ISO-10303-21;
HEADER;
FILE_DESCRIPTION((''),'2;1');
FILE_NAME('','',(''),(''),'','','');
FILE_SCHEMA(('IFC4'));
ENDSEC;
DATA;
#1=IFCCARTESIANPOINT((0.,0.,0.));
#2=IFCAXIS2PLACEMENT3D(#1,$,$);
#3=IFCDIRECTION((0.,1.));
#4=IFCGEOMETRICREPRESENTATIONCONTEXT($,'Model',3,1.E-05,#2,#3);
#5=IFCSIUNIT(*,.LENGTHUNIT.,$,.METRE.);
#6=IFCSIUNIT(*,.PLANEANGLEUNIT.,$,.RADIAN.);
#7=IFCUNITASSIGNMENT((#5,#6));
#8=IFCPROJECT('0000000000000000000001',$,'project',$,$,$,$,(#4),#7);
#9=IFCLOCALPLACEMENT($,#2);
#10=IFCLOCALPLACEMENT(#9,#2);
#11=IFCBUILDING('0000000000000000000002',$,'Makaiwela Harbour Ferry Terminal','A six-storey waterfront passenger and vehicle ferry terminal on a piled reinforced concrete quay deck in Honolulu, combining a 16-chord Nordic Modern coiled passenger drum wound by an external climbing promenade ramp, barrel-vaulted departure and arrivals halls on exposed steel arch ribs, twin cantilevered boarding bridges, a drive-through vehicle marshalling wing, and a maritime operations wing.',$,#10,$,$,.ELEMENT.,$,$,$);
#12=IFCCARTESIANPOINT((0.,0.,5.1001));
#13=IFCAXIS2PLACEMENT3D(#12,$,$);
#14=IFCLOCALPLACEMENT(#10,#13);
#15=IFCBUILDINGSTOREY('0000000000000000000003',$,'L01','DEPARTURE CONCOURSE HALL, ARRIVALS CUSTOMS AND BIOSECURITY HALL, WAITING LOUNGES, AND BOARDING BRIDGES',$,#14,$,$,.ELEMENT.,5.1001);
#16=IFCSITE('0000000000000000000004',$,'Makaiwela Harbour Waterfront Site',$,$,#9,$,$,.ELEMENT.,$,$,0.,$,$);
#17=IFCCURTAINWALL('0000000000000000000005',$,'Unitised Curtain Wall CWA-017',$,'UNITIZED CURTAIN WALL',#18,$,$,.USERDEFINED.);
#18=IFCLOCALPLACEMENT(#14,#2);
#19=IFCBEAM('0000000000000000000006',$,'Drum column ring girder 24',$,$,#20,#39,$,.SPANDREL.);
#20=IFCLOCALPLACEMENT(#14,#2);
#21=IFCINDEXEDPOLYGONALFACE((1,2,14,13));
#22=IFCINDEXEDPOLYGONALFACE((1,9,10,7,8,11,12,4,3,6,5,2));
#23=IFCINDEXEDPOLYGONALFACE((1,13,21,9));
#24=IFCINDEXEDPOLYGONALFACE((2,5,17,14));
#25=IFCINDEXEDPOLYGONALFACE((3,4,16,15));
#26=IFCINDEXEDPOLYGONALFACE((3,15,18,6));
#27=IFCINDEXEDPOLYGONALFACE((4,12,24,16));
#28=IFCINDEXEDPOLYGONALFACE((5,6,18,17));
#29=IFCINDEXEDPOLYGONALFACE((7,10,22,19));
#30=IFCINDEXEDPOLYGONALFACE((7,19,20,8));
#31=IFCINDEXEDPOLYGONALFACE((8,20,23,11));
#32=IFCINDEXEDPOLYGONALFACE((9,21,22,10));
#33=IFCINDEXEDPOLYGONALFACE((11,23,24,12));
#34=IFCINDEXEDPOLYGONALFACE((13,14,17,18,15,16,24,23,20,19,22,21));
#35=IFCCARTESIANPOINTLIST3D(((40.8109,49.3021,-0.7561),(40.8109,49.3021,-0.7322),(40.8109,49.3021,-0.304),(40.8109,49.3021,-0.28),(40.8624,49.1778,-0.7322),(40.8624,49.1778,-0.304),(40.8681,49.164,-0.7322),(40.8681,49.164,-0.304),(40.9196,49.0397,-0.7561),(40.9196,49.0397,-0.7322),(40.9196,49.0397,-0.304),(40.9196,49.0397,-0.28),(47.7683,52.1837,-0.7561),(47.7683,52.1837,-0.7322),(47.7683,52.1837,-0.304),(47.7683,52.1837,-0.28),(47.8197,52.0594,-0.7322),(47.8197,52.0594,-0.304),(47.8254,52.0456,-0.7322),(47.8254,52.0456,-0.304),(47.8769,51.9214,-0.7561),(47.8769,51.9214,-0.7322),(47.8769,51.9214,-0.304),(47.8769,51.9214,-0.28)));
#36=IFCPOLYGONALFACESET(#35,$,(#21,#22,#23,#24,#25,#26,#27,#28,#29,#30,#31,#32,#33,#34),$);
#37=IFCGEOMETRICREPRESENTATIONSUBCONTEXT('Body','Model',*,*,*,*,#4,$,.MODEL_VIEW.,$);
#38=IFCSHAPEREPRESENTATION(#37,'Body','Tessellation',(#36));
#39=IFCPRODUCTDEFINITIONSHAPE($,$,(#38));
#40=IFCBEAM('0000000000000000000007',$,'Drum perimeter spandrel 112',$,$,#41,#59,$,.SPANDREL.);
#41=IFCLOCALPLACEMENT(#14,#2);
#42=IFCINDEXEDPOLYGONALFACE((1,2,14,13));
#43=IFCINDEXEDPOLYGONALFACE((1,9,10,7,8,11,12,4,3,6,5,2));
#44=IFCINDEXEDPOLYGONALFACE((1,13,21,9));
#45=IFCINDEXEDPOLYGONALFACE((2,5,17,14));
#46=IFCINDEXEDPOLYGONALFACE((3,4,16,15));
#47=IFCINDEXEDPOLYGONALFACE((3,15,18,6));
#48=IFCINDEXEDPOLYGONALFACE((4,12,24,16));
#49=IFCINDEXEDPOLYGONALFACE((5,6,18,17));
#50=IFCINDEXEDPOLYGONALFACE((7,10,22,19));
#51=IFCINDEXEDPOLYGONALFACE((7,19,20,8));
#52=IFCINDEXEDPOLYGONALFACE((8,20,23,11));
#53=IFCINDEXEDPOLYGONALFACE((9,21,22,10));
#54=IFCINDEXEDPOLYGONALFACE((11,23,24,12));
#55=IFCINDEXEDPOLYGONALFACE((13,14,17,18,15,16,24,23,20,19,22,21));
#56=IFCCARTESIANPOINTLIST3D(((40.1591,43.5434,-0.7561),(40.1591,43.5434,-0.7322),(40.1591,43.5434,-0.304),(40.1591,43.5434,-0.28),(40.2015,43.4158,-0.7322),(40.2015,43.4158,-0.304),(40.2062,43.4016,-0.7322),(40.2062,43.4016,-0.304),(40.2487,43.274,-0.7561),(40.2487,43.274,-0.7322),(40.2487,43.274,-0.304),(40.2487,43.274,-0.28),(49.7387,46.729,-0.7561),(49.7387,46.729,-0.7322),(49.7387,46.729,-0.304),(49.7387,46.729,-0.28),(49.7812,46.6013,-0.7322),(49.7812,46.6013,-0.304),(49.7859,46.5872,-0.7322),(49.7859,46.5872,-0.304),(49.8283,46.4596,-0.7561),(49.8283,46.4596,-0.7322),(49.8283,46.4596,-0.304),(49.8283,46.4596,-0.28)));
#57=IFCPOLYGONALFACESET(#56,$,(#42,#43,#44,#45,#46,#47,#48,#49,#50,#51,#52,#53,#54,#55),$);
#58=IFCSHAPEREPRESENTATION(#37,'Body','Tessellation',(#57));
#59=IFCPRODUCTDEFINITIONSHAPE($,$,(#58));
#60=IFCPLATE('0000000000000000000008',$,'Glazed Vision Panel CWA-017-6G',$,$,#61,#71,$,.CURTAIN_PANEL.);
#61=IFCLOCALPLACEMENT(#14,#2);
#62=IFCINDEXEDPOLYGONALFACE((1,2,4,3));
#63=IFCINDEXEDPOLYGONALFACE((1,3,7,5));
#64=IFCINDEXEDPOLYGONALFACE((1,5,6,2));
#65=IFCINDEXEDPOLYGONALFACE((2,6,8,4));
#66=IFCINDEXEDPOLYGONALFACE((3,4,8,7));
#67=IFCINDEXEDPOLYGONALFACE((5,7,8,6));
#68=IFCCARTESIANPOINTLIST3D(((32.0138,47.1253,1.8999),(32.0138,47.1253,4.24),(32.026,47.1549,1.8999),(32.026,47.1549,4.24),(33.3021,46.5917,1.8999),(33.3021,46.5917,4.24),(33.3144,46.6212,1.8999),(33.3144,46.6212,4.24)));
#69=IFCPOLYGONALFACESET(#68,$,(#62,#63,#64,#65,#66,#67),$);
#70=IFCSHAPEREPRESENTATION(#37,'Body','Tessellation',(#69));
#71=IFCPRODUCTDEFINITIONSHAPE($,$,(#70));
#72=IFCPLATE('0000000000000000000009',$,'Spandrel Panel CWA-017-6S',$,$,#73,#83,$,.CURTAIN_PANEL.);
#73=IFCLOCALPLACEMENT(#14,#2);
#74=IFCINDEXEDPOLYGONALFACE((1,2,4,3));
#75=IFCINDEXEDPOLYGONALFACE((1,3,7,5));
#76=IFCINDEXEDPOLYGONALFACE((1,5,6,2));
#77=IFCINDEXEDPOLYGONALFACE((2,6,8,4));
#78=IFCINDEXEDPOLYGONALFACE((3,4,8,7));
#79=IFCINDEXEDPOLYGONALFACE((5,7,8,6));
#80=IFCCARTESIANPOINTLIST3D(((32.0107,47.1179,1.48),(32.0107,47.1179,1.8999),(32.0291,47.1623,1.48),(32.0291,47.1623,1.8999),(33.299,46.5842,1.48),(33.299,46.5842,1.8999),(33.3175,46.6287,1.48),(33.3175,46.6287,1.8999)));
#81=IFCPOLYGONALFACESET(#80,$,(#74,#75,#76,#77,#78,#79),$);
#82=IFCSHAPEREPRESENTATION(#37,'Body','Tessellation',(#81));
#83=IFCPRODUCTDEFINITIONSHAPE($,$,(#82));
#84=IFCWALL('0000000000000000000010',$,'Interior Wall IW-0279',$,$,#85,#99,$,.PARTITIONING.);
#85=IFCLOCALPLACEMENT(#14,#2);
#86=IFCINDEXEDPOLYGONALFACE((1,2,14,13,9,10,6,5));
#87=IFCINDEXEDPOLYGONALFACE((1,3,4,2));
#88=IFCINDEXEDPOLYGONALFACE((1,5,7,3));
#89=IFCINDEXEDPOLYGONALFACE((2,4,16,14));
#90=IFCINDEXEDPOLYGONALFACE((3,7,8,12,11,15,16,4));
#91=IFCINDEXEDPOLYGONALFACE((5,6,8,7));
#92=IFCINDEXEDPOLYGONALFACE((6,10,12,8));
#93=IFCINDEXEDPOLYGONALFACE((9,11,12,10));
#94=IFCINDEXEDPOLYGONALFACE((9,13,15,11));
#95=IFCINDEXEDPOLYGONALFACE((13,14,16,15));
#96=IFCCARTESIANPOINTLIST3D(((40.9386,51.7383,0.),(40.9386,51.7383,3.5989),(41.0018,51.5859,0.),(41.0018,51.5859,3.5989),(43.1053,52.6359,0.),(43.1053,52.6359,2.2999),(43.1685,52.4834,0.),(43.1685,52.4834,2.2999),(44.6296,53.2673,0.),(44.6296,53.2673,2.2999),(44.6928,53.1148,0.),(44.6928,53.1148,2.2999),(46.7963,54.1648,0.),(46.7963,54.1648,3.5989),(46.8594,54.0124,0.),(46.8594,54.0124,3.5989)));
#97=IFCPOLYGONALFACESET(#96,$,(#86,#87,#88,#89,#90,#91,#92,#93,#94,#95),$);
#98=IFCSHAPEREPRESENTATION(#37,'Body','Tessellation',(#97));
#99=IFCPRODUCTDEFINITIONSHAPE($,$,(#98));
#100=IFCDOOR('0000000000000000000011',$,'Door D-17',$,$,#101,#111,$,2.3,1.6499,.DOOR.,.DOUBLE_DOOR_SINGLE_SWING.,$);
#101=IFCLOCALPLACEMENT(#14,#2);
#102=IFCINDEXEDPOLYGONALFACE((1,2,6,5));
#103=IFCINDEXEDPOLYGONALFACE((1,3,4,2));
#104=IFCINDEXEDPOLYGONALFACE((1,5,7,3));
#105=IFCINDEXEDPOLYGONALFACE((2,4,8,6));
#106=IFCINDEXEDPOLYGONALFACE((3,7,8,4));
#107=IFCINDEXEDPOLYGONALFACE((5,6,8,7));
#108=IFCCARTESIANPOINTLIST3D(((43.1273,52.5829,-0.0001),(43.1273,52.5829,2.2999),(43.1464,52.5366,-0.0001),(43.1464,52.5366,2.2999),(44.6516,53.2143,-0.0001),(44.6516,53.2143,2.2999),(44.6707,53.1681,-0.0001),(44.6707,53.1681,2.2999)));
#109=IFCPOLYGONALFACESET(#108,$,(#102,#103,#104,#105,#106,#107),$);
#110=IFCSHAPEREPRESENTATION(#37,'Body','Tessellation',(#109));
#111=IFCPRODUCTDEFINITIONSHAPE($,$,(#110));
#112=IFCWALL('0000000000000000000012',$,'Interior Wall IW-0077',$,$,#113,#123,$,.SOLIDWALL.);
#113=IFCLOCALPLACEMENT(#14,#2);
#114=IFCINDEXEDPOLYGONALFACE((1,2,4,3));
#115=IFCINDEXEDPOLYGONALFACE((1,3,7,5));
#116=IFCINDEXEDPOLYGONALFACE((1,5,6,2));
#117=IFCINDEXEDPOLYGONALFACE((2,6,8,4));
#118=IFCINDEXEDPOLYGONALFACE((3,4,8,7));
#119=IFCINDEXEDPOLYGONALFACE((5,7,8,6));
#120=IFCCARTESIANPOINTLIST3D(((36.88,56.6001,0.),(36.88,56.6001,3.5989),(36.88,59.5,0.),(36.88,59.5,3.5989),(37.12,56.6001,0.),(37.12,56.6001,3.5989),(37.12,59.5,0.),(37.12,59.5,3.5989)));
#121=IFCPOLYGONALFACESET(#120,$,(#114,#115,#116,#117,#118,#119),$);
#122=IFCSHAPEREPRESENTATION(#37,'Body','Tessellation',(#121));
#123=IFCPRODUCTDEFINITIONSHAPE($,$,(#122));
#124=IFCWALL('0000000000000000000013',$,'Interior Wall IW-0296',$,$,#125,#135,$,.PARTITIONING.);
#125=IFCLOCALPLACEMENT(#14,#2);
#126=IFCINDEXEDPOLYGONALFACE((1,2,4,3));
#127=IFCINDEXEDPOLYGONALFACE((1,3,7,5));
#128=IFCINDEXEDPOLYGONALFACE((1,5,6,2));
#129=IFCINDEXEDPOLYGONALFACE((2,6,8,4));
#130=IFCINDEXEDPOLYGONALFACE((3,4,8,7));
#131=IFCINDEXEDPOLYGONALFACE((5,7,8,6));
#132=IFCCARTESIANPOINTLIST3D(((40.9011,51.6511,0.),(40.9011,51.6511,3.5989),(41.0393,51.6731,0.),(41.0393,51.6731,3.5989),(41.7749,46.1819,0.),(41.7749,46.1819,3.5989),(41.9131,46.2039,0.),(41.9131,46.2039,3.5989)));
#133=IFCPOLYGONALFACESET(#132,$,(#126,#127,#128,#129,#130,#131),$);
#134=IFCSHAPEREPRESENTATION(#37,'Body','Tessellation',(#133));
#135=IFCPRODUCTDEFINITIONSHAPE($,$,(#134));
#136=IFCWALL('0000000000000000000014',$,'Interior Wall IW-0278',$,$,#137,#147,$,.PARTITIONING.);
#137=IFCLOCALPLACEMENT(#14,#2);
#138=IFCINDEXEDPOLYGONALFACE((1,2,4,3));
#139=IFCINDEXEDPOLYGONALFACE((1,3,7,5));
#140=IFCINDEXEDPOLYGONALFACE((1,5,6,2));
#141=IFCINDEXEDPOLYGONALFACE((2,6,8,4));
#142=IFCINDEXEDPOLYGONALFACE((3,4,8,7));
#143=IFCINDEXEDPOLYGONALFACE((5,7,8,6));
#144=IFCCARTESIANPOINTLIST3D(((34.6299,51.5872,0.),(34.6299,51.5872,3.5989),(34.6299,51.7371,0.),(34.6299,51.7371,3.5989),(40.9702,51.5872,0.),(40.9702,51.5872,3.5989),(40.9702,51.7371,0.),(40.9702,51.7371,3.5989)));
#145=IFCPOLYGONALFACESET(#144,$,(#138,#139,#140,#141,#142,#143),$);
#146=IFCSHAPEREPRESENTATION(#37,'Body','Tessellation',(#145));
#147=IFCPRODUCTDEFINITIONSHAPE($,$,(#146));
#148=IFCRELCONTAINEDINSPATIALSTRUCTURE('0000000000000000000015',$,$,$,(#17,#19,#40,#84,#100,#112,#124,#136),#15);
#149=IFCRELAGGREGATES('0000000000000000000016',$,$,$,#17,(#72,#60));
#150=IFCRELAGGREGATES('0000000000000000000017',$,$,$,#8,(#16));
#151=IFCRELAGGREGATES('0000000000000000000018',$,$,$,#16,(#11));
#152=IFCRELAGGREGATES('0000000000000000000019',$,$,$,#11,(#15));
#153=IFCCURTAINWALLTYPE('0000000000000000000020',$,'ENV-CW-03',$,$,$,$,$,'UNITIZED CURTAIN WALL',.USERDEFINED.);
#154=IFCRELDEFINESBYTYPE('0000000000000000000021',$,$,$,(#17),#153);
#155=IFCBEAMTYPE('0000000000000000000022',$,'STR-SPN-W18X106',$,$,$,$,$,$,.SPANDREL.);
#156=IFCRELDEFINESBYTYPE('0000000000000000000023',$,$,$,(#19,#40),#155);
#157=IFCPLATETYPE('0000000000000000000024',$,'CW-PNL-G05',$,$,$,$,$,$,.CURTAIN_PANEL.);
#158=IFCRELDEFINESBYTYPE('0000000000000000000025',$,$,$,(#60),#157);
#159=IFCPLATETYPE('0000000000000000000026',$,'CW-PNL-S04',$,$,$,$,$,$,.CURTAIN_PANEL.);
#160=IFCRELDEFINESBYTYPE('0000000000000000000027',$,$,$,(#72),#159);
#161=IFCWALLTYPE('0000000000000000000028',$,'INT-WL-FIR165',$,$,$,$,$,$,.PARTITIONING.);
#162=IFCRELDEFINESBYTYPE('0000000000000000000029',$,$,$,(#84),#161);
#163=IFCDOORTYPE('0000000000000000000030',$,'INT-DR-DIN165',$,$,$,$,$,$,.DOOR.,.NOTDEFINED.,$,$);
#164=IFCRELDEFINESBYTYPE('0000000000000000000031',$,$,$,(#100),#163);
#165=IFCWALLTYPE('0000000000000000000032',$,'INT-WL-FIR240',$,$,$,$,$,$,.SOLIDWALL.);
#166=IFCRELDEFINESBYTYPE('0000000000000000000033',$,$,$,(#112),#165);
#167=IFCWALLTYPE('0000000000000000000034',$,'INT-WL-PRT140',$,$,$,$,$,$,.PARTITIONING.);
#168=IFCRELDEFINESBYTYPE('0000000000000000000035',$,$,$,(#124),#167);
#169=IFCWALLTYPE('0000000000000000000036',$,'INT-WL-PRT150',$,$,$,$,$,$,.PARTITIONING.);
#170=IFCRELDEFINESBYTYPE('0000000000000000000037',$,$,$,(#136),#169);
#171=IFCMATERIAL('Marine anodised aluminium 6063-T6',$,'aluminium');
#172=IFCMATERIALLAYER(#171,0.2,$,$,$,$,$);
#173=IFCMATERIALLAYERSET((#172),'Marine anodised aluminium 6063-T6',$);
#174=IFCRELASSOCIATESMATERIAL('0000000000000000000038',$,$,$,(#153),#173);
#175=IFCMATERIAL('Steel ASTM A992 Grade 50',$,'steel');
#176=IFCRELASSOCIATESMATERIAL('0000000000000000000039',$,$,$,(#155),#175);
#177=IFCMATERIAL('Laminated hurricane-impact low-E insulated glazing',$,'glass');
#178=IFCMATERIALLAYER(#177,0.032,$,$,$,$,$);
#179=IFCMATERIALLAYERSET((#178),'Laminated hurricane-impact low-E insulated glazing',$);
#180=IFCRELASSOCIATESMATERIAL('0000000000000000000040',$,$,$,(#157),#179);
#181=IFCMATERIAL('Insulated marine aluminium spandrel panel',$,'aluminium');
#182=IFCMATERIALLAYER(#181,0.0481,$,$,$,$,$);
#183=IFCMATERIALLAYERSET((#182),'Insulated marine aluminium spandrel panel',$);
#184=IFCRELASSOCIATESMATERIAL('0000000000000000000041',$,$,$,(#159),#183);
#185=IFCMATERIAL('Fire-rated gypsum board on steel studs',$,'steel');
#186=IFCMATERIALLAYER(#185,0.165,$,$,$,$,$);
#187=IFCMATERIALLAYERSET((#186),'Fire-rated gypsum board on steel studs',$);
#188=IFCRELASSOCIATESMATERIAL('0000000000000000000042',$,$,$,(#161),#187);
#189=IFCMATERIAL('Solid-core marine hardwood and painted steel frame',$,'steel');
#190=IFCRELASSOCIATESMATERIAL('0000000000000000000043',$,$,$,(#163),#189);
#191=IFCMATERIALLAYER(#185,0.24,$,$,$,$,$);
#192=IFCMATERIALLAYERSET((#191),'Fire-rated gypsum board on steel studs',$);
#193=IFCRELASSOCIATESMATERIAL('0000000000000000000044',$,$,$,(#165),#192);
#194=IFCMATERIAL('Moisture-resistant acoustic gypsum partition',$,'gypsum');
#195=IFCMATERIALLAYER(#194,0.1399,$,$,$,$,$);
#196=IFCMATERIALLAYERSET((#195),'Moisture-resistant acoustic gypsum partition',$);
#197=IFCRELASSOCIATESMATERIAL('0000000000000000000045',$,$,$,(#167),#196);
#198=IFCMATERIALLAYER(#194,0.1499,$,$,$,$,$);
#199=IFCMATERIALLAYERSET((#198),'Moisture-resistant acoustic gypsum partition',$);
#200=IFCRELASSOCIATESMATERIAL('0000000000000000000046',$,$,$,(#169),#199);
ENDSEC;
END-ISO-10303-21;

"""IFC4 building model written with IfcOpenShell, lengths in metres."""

from ifc_helpers import new_model, si_unit, direction, frame, frame_2d, origin, origin_2d, place, context, subcontext, project, spatial, rectangle, i_section, extrude, material, layer, layer_set, material_profile, profile_set, type_object, element, fill, aggregate, save


model = new_model("IFC4")

# Units and contexts
model_context = context("Model", 3, precision=1e-05, world=origin(), true_north=direction((0.0, 1.0)))
body_context = subcontext(model_context, "Body", "Model", "MODEL_VIEW")
ifc_project = project(units=[si_unit("LENGTHUNIT", "METRE"), si_unit("PLANEANGLEUNIT", "RADIAN")], contexts=[model_context])

# Site, building, storey
site_placement = place(None, origin())
site = spatial("IfcSite", under=ifc_project, at=site_placement, Name="Makaiwela Harbour Waterfront Site", CompositionType="ELEMENT", RefElevation=0.0)
building_placement = place(site_placement, origin())
building = spatial("IfcBuilding", under=site, at=building_placement, Name="Makaiwela Harbour Ferry Terminal", Description="A six-storey waterfront passenger and vehicle ferry terminal on a piled reinforced concrete quay deck in Honolulu, combining a 16-chord Nordic Modern coiled passenger drum wound by an external climbing promenade ramp, barrel-vaulted departure and arrivals halls on exposed steel arch ribs, twin cantilevered boarding bridges, a drive-through vehicle marshalling wing, and a maritime operations wing.", CompositionType="ELEMENT")
storey_placement = place(building_placement, frame((0.0, 0.0, 5.1001)))
storey = spatial("IfcBuildingStorey", under=building, at=storey_placement, Name="L01", Description="DEPARTURE CONCOURSE HALL, ARRIVALS CUSTOMS AND BIOSECURITY HALL, WAITING LOUNGES, AND BOARDING BRIDGES", CompositionType="ELEMENT", Elevation=5.1001)

# Shared definitions
ifc_material_1 = material(Name="Steel ASTM A992 Grade 50", Category="steel")

# Curtain wall
ifc_material_2 = material(Name="Marine anodised aluminium 6063-T6", Category="aluminium")
ifc_layer_1 = layer(ifc_material_2, 0.2)
ifc_layer_set_1 = layer_set([ifc_layer_1], Name="Marine anodised aluminium 6063-T6")
curtain_wall_type = type_object("IfcCurtainWallType", Name="ENV-CW-03", ElementType="UNITIZED CURTAIN WALL", PredefinedType="USERDEFINED", material=ifc_layer_set_1)
curtain_wall_placement = place(storey_placement, origin())
curtain_wall = element("IfcCurtainWall", 1, at=curtain_wall_placement, inside=storey, type_object=curtain_wall_type, Name="Unitised Curtain Wall CWA-017", ObjectType="UNITIZED CURTAIN WALL", PredefinedType="USERDEFINED")

# Beams
ifc_material_profile_1 = material_profile(ifc_material_1, i_section(OverallWidth=0.2839, OverallDepth=0.4761, WebThickness=0.0149, FlangeThickness=0.0239, at=origin_2d()), Name="W18X106")
ifc_profile_set_1 = profile_set([ifc_material_profile_1], Name="Steel ASTM A992 Grade 50")
beam_type_1 = type_object("IfcBeamType", Name="STR-SPN-W18X106", PredefinedType="SPANDREL", material=ifc_profile_set_1)
for number, where, z_axis, x_axis, name in (
    (2, (40.8652, 49.1709, -0.5181), (0.923889, 0.38266, 0.0), (-0.38266, 0.923889, 0.0), "Drum column ring girder 24"),
):
    element("IfcBeam", number, at=place(storey_placement, frame(where, z_axis=z_axis, x_axis=x_axis)), inside=storey, type_object=beam_type_1, Name=name, PredefinedType="SPANDREL", context=body_context, shape_type="SweptSolid", body=[
        extrude(i_section(OverallWidth=0.2839, OverallDepth=0.4761, WebThickness=0.0149, FlangeThickness=0.0239, at=origin_2d()), origin(), (0.0, 0.0, 1.0), 7.5305),
    ])
beam_1_placement = place(storey_placement, frame((40.2039, 43.4087, -0.5181), z_axis=(0.94891, 0.315546, 0.0), x_axis=(-0.315546, 0.94891, 0.0)))
element("IfcBeam", 3, at=beam_1_placement, inside=storey, type_object=beam_type_1, Name="Drum perimeter spandrel 112", PredefinedType="SPANDREL", context=body_context, shape_type="SweptSolid", body=[
    extrude(i_section(OverallWidth=0.2839, OverallDepth=0.4761, WebThickness=0.0149, FlangeThickness=0.0239, at=origin_2d()), origin(), (0.0, 0.0, 1.0), 10.0955),
])

# Plates
ifc_material_3 = material(Name="Laminated hurricane-impact low-E insulated glazing", Category="glass")
ifc_layer_2 = layer(ifc_material_3, 0.032)
ifc_layer_set_2 = layer_set([ifc_layer_2], Name="Laminated hurricane-impact low-E insulated glazing")
plate_type_1 = type_object("IfcPlateType", Name="CW-PNL-G05", PredefinedType="CURTAIN_PANEL", material=ifc_layer_set_2)
plate_1_placement = place(storey_placement, frame((32.6641, 46.8733, 1.8999), z_axis=(0.0, 0.0, 1.0), x_axis=(0.92388, -0.382683, 0.0)))
plate_1 = element("IfcPlate", 4, at=plate_1_placement, type_object=plate_type_1, Name="Glazed Vision Panel CWA-017-6G", PredefinedType="CURTAIN_PANEL", context=body_context, shape_type="SweptSolid", body=[
    extrude(rectangle(XDim=1.3945, YDim=0.032, at=origin_2d()), origin(), (0.0, 0.0, 1.0), 2.3401),
])
ifc_material_4 = material(Name="Insulated marine aluminium spandrel panel", Category="aluminium")
ifc_layer_3 = layer(ifc_material_4, 0.0481)
ifc_layer_set_3 = layer_set([ifc_layer_3], Name="Insulated marine aluminium spandrel panel")
plate_type_2 = type_object("IfcPlateType", Name="CW-PNL-S04", PredefinedType="CURTAIN_PANEL", material=ifc_layer_set_3)
plate_2_placement = place(storey_placement, frame((32.6641, 46.8733, 1.48), z_axis=(0.0, 0.0, 1.0), x_axis=(0.92388, -0.382683, 0.0)))
plate_2 = element("IfcPlate", 5, at=plate_2_placement, type_object=plate_type_2, Name="Spandrel Panel CWA-017-6S", PredefinedType="CURTAIN_PANEL", context=body_context, shape_type="SweptSolid", body=[
    extrude(rectangle(XDim=1.3945, YDim=0.0481, at=origin_2d()), origin(), (0.0, 0.0, 1.0), 0.4199),
])
aggregate(curtain_wall, [plate_2, plate_1])

# Wall, opening, door
ifc_material_5 = material(Name="Fire-rated gypsum board on steel studs", Category="steel")
ifc_layer_4 = layer(ifc_material_5, 0.165)
ifc_layer_set_4 = layer_set([ifc_layer_4], Name="Fire-rated gypsum board on steel studs")
wall_type_1 = type_object("IfcWallType", Name="INT-WL-FIR165", PredefinedType="PARTITIONING", material=ifc_layer_set_4)
wall_1_placement = place(storey_placement, frame((40.9702, 51.6621, 0.0), z_axis=(0.0, 0.0, 1.0), x_axis=(0.923869, 0.382709, 0.0)))
wall_1 = element("IfcWall", 6, at=wall_1_placement, inside=storey, type_object=wall_type_1, Name="Interior Wall IW-0279", PredefinedType="PARTITIONING", context=body_context, shape_type="SweptSolid", body=[
    extrude(rectangle(XDim=6.3403, YDim=0.165, at=frame_2d((3.1702, 0.0))), origin(), (0.0, 0.0, 1.0), 3.5989),
])
opening_placement = place(wall_1_placement, frame((2.3452, 0.0, 0.0)))
opening = element("IfcOpeningElement", 7, at=opening_placement, cuts=wall_1, PredefinedType="OPENING", context=body_context, shape_type="SweptSolid", body=[
    extrude(rectangle(XDim=1.6499, YDim=2.3, at=frame_2d((0.825, 1.1499))), frame((0.0, 0.0925, 0.0), z_axis=(0.0, -1.0, 0.0), x_axis=(1.0, 0.0, 0.0)), (0.0, 0.0, 1.0), 0.1851),
])
ifc_material_6 = material(Name="Solid-core marine hardwood and painted steel frame", Category="steel")
door_type = type_object("IfcDoorType", Name="INT-DR-DIN165", OperationType="NOTDEFINED", PredefinedType="DOOR", material=ifc_material_6)
door_placement = place(opening_placement, frame((1.6499, 0.0, 0.0), z_axis=(0.0, 0.0, 1.0), x_axis=(-1.0, 0.0, 0.0)))
door = element("IfcDoor", 8, at=door_placement, inside=storey, type_object=door_type, Name="Door D-17", OperationType="DOUBLE_DOOR_SINGLE_SWING", OverallHeight=2.3, OverallWidth=1.6499, PredefinedType="DOOR", context=body_context, shape_type="SweptSolid", body=[
    extrude(rectangle(XDim=1.6499, YDim=2.3, at=frame_2d((0.825, 1.1499))), frame((0.0, 0.0249, 0.0), z_axis=(0.0, -1.0, 0.0), x_axis=(1.0, 0.0, 0.0)), (0.0, 0.0, 1.0), 0.05),
])
fill(opening, door)

# Walls
ifc_layer_5 = layer(ifc_material_5, 0.24)
ifc_layer_set_5 = layer_set([ifc_layer_5], Name="Fire-rated gypsum board on steel studs")
wall_type_2 = type_object("IfcWallType", Name="INT-WL-FIR240", PredefinedType="SOLIDWALL", material=ifc_layer_set_5)
wall_2_placement = place(storey_placement, frame((37.0, 56.6001, 0.0), z_axis=(0.0, 0.0, 1.0), x_axis=(0.0, 1.0, 0.0)))
element("IfcWall", 9, at=wall_2_placement, inside=storey, type_object=wall_type_2, Name="Interior Wall IW-0077", PredefinedType="SOLIDWALL", context=body_context, shape_type="SweptSolid", body=[
    extrude(rectangle(XDim=2.8999, YDim=0.24, at=frame_2d((1.45, 0.0))), origin(), (0.0, 0.0, 1.0), 3.5989),
])
ifc_material_7 = material(Name="Moisture-resistant acoustic gypsum partition", Category="gypsum")
ifc_layer_6 = layer(ifc_material_7, 0.1399)
ifc_layer_set_6 = layer_set([ifc_layer_6], Name="Moisture-resistant acoustic gypsum partition")
wall_type_3 = type_object("IfcWallType", Name="INT-WL-PRT140", PredefinedType="PARTITIONING", material=ifc_layer_set_6)
wall_3_placement = place(storey_placement, frame((40.9702, 51.6621, 0.0), z_axis=(0.0, 0.0, 1.0), x_axis=(0.157762, -0.987477, 0.0)))
element("IfcWall", 10, at=wall_3_placement, inside=storey, type_object=wall_type_3, Name="Interior Wall IW-0296", PredefinedType="PARTITIONING", context=body_context, shape_type="SweptSolid", body=[
    extrude(rectangle(XDim=5.5386, YDim=0.1399, at=frame_2d((2.7693, 0.0))), origin(), (0.0, 0.0, 1.0), 3.5989),
])
ifc_layer_7 = layer(ifc_material_7, 0.1499)
ifc_layer_set_7 = layer_set([ifc_layer_7], Name="Moisture-resistant acoustic gypsum partition")
wall_type_4 = type_object("IfcWallType", Name="INT-WL-PRT150", PredefinedType="PARTITIONING", material=ifc_layer_set_7)
wall_4_placement = place(storey_placement, frame((34.6299, 51.6621, 0.0), z_axis=(0.0, 0.0, 1.0), x_axis=(1.0, 0.0, 0.0)))
element("IfcWall", 11, at=wall_4_placement, inside=storey, type_object=wall_type_4, Name="Interior Wall IW-0278", PredefinedType="PARTITIONING", context=body_context, shape_type="SweptSolid", body=[
    extrude(rectangle(XDim=6.3403, YDim=0.1499, at=frame_2d((3.1702, 0.0))), origin(), (0.0, 0.0, 1.0), 3.5989),
])

save(model, "model.ifc")
